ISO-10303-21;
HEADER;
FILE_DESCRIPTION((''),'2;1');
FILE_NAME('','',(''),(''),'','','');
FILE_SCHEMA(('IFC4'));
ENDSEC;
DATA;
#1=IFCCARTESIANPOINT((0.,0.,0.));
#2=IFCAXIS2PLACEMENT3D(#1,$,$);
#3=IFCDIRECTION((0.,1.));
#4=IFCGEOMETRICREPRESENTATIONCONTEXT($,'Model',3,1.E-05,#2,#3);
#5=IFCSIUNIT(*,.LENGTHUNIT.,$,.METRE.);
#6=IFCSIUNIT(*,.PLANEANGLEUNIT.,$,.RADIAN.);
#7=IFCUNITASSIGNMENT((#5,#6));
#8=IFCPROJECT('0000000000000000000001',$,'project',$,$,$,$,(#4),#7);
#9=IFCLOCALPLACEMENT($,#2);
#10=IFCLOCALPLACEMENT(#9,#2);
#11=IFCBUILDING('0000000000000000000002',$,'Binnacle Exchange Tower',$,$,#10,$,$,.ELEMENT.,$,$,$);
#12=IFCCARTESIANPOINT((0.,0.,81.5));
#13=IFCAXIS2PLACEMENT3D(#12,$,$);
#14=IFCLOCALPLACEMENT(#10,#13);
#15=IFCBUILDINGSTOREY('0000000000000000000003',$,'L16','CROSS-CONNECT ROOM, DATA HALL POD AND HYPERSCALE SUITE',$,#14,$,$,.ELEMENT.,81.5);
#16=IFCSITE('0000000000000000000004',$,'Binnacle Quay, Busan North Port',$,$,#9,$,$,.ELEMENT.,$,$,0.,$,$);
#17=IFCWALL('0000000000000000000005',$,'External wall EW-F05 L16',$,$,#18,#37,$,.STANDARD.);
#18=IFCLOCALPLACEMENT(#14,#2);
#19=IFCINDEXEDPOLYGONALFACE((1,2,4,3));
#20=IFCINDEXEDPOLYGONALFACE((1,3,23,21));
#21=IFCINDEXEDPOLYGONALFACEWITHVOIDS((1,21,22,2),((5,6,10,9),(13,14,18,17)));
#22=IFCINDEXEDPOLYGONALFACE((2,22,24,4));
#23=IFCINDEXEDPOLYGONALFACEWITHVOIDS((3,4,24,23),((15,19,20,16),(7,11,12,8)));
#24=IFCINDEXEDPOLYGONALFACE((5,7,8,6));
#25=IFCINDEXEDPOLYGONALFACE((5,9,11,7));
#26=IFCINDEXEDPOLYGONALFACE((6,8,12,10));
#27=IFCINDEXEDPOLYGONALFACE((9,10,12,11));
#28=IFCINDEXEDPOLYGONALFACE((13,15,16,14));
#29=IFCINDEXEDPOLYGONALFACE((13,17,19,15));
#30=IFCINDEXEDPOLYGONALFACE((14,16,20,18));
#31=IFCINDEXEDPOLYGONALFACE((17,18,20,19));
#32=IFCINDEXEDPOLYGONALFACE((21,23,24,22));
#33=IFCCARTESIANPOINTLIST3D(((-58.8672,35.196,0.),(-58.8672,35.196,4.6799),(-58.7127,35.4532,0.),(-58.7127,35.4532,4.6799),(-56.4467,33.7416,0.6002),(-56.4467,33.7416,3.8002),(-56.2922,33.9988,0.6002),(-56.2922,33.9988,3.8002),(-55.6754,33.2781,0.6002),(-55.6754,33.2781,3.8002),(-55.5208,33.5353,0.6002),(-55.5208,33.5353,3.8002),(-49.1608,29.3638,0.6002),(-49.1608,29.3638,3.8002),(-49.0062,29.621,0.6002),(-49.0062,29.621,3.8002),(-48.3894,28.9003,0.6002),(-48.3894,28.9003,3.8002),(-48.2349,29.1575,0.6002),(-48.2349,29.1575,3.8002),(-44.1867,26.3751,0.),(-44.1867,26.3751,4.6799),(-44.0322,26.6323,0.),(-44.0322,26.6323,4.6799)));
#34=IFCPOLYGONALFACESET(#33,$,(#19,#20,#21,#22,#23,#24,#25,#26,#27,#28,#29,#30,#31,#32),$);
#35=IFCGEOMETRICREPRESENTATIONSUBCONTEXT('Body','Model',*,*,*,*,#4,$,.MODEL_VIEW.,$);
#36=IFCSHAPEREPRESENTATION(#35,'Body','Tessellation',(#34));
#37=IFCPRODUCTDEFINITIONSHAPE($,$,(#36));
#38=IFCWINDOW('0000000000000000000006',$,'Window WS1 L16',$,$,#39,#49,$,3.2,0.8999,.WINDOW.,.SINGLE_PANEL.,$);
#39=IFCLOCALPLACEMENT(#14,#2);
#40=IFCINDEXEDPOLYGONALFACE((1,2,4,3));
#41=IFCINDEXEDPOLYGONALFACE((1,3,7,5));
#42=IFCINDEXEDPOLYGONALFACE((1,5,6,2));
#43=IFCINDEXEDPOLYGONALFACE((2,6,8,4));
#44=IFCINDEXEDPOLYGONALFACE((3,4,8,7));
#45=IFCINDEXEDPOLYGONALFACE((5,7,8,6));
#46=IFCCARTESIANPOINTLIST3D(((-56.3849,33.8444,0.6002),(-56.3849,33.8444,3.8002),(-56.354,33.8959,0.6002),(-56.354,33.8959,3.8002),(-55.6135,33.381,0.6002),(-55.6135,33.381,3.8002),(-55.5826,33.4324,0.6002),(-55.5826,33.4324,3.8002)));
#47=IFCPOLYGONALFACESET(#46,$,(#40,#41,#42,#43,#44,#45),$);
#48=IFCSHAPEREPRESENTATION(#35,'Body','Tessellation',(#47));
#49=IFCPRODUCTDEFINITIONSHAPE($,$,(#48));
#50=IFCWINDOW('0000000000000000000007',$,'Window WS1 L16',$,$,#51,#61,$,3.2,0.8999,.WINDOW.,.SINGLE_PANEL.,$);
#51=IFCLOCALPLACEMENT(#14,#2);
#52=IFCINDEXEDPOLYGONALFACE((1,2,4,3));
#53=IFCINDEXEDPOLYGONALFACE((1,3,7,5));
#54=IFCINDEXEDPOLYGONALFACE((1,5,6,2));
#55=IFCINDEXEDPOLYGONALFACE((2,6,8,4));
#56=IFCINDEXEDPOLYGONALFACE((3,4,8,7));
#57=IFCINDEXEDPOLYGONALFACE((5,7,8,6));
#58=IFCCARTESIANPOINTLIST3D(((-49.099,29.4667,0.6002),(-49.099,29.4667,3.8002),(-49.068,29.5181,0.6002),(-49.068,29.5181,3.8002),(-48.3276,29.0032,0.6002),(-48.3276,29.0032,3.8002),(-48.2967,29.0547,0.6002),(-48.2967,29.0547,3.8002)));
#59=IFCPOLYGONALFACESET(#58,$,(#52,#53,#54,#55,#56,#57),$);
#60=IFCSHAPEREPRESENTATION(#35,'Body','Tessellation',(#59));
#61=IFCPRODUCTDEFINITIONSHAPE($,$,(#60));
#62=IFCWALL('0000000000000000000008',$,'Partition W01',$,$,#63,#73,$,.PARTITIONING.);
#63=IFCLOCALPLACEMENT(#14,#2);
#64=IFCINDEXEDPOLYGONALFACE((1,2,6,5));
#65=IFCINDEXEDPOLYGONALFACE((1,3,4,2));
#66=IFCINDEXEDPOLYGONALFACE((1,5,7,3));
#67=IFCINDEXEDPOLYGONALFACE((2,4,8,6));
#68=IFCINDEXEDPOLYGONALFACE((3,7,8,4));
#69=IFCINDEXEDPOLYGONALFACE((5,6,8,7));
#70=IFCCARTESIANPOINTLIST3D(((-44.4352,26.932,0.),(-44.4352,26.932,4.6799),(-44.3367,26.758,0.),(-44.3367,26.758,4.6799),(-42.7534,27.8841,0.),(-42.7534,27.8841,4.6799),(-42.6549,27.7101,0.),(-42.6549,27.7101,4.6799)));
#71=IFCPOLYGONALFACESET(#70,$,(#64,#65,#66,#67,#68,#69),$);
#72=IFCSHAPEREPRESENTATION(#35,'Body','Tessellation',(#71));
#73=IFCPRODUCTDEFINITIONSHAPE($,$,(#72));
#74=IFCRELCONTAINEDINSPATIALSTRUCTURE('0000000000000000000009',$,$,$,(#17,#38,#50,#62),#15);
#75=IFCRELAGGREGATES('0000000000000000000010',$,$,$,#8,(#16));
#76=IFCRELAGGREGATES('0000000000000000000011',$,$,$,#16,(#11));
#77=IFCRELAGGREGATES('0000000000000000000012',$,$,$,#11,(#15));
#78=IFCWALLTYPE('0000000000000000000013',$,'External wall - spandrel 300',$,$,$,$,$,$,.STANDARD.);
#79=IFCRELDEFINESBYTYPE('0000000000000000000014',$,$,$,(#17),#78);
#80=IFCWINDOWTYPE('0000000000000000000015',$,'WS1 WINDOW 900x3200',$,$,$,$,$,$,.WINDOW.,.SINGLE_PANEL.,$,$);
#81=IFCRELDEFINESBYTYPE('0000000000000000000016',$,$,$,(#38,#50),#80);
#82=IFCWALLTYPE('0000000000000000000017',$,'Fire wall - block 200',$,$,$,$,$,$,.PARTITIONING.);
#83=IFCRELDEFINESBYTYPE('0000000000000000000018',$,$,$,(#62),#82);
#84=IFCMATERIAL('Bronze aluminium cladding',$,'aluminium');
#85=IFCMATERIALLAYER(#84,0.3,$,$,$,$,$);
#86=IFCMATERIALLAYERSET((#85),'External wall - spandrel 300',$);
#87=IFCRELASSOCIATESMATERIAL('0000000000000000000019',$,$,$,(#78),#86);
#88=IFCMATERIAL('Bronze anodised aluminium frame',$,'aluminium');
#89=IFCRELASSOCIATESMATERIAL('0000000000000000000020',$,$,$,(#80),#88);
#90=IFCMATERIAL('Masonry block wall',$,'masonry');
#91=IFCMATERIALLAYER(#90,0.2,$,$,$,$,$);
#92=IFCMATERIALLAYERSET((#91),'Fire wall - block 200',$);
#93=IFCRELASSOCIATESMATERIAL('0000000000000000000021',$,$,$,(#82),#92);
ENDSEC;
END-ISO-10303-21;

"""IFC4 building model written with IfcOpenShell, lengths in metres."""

from ifc_helpers import new_model, si_unit, direction, frame, frame_2d, origin, place, context, subcontext, project, spatial, rectangle, extrude, material, layer, layer_set, type_object, element, fill, save


model = new_model("IFC4")

# Units and contexts
model_context = context("Model", 3, precision=1e-05, world=origin(), true_north=direction((0.0, 1.0)))
body_context = subcontext(model_context, "Body", "Model", "MODEL_VIEW")
ifc_project = project(units=[si_unit("LENGTHUNIT", "METRE"), si_unit("PLANEANGLEUNIT", "RADIAN")], contexts=[model_context])

# Site, building, storey
site_placement = place(None, origin())
site = spatial("IfcSite", under=ifc_project, at=site_placement, Name="Binnacle Quay, Busan North Port", CompositionType="ELEMENT", RefElevation=0.0)
building_placement = place(site_placement, origin())
building = spatial("IfcBuilding", under=site, at=building_placement, Name="Binnacle Exchange Tower", CompositionType="ELEMENT")
storey_placement = place(building_placement, frame((0.0, 0.0, 81.5)))
storey = spatial("IfcBuildingStorey", under=building, at=storey_placement, Name="L16", Description="CROSS-CONNECT ROOM, DATA HALL POD AND HYPERSCALE SUITE", CompositionType="ELEMENT", Elevation=81.5)

# Shared definitions
ifc_material_1 = material(Name="Bronze aluminium cladding", Category="aluminium")
ifc_layer_1 = layer(ifc_material_1, 0.3)
ifc_layer_set_1 = layer_set([ifc_layer_1], Name="External wall - spandrel 300")
wall_type_1 = type_object("IfcWallType", Name="External wall - spandrel 300", PredefinedType="STANDARD", material=ifc_layer_set_1)
ifc_material_2 = material(Name="Bronze anodised aluminium frame", Category="aluminium")
window_type = type_object("IfcWindowType", Name="WS1 WINDOW 900x3200", PartitioningType="SINGLE_PANEL", PredefinedType="WINDOW", material=ifc_material_2)

# Wall, openings, windows
wall_1_placement = place(storey_placement, frame((-44.1094, 26.5037, 0.0), z_axis=(0.0, 0.0, 1.0), x_axis=(-0.85717, 0.515034, 0.0)))
wall_1 = element("IfcWall", 1, at=wall_1_placement, inside=storey, type_object=wall_type_1, Name="External wall EW-F05 L16", PredefinedType="STANDARD", context=body_context, shape_type="SweptSolid", body=[
    extrude(rectangle(XDim=17.1267, YDim=0.3, at=frame_2d((8.5635, 0.0))), origin(), (0.0, 0.0, 1.0), 4.6799),
])
opening_1_placement = place(wall_1_placement, frame((13.4031, 0.0, 0.6001)))
opening_1 = element("IfcOpeningElement", 2, at=opening_1_placement, cuts=wall_1, PredefinedType="OPENING", context=body_context, shape_type="SweptSolid", body=[
    extrude(rectangle(XDim=0.8999, YDim=3.2, at=frame_2d((0.45, 1.6001))), frame((0.0, 0.1599, 0.0), z_axis=(0.0, -1.0, 0.0), x_axis=(1.0, 0.0, 0.0)), (0.0, 0.0, 1.0), 0.3201),
])
opening_2_placement = place(wall_1_placement, frame((4.9031, 0.0, 0.6001)))
opening_2 = element("IfcOpeningElement", 3, at=opening_2_placement, cuts=wall_1, PredefinedType="OPENING", context=body_context, shape_type="SweptSolid", body=[
    extrude(rectangle(XDim=0.8999, YDim=3.2, at=frame_2d((0.45, 1.6001))), frame((0.0, 0.1599, 0.0), z_axis=(0.0, -1.0, 0.0), x_axis=(1.0, 0.0, 0.0)), (0.0, 0.0, 1.0), 0.3201),
])
window_1_placement = place(opening_1_placement, origin())
window_1 = element("IfcWindow", 4, at=window_1_placement, inside=storey, type_object=window_type, Name="Window WS1 L16", OverallHeight=3.2, OverallWidth=0.8999, PartitioningType="SINGLE_PANEL", PredefinedType="WINDOW", context=body_context, shape_type="SweptSolid", body=[
    extrude(rectangle(XDim=0.8999, YDim=3.2, at=frame_2d((0.45, 1.6001))), frame((0.0, 0.03, 0.0), z_axis=(0.0, -1.0, 0.0), x_axis=(1.0, 0.0, 0.0)), (0.0, 0.0, 1.0), 0.0601),
])
fill(opening_1, window_1)
window_2_placement = place(opening_2_placement, origin())
window_2 = element("IfcWindow", 5, at=window_2_placement, inside=storey, type_object=window_type, Name="Window WS1 L16", OverallHeight=3.2, OverallWidth=0.8999, PartitioningType="SINGLE_PANEL", PredefinedType="WINDOW", context=body_context, shape_type="SweptSolid", body=[
    extrude(rectangle(XDim=0.8999, YDim=3.2, at=frame_2d((0.45, 1.6001))), frame((0.0, 0.03, 0.0), z_axis=(0.0, -1.0, 0.0), x_axis=(1.0, 0.0, 0.0)), (0.0, 0.0, 1.0), 0.0601),
])
fill(opening_2, window_2)

# Wall
ifc_material_3 = material(Name="Masonry block wall", Category="masonry")
ifc_layer_2 = layer(ifc_material_3, 0.2)
ifc_layer_set_2 = layer_set([ifc_layer_2], Name="Fire wall - block 200")
wall_type_2 = type_object("IfcWallType", Name="Fire wall - block 200", PredefinedType="PARTITIONING", material=ifc_layer_set_2)
wall_2_placement = place(storey_placement, frame((-44.386, 26.845, 0.0), z_axis=(0.0, 0.0, 1.0), x_axis=(0.870226, 0.492652, 0.0)))
element("IfcWall", 6, at=wall_2_placement, inside=storey, type_object=wall_type_2, Name="Partition W01", PredefinedType="PARTITIONING", context=body_context, shape_type="SweptSolid", body=[
    extrude(rectangle(XDim=1.9326, YDim=0.2, at=frame_2d((0.9663, 0.0))), origin(), (0.0, 0.0, 1.0), 4.6799),
])

save(model, "model.ifc")
